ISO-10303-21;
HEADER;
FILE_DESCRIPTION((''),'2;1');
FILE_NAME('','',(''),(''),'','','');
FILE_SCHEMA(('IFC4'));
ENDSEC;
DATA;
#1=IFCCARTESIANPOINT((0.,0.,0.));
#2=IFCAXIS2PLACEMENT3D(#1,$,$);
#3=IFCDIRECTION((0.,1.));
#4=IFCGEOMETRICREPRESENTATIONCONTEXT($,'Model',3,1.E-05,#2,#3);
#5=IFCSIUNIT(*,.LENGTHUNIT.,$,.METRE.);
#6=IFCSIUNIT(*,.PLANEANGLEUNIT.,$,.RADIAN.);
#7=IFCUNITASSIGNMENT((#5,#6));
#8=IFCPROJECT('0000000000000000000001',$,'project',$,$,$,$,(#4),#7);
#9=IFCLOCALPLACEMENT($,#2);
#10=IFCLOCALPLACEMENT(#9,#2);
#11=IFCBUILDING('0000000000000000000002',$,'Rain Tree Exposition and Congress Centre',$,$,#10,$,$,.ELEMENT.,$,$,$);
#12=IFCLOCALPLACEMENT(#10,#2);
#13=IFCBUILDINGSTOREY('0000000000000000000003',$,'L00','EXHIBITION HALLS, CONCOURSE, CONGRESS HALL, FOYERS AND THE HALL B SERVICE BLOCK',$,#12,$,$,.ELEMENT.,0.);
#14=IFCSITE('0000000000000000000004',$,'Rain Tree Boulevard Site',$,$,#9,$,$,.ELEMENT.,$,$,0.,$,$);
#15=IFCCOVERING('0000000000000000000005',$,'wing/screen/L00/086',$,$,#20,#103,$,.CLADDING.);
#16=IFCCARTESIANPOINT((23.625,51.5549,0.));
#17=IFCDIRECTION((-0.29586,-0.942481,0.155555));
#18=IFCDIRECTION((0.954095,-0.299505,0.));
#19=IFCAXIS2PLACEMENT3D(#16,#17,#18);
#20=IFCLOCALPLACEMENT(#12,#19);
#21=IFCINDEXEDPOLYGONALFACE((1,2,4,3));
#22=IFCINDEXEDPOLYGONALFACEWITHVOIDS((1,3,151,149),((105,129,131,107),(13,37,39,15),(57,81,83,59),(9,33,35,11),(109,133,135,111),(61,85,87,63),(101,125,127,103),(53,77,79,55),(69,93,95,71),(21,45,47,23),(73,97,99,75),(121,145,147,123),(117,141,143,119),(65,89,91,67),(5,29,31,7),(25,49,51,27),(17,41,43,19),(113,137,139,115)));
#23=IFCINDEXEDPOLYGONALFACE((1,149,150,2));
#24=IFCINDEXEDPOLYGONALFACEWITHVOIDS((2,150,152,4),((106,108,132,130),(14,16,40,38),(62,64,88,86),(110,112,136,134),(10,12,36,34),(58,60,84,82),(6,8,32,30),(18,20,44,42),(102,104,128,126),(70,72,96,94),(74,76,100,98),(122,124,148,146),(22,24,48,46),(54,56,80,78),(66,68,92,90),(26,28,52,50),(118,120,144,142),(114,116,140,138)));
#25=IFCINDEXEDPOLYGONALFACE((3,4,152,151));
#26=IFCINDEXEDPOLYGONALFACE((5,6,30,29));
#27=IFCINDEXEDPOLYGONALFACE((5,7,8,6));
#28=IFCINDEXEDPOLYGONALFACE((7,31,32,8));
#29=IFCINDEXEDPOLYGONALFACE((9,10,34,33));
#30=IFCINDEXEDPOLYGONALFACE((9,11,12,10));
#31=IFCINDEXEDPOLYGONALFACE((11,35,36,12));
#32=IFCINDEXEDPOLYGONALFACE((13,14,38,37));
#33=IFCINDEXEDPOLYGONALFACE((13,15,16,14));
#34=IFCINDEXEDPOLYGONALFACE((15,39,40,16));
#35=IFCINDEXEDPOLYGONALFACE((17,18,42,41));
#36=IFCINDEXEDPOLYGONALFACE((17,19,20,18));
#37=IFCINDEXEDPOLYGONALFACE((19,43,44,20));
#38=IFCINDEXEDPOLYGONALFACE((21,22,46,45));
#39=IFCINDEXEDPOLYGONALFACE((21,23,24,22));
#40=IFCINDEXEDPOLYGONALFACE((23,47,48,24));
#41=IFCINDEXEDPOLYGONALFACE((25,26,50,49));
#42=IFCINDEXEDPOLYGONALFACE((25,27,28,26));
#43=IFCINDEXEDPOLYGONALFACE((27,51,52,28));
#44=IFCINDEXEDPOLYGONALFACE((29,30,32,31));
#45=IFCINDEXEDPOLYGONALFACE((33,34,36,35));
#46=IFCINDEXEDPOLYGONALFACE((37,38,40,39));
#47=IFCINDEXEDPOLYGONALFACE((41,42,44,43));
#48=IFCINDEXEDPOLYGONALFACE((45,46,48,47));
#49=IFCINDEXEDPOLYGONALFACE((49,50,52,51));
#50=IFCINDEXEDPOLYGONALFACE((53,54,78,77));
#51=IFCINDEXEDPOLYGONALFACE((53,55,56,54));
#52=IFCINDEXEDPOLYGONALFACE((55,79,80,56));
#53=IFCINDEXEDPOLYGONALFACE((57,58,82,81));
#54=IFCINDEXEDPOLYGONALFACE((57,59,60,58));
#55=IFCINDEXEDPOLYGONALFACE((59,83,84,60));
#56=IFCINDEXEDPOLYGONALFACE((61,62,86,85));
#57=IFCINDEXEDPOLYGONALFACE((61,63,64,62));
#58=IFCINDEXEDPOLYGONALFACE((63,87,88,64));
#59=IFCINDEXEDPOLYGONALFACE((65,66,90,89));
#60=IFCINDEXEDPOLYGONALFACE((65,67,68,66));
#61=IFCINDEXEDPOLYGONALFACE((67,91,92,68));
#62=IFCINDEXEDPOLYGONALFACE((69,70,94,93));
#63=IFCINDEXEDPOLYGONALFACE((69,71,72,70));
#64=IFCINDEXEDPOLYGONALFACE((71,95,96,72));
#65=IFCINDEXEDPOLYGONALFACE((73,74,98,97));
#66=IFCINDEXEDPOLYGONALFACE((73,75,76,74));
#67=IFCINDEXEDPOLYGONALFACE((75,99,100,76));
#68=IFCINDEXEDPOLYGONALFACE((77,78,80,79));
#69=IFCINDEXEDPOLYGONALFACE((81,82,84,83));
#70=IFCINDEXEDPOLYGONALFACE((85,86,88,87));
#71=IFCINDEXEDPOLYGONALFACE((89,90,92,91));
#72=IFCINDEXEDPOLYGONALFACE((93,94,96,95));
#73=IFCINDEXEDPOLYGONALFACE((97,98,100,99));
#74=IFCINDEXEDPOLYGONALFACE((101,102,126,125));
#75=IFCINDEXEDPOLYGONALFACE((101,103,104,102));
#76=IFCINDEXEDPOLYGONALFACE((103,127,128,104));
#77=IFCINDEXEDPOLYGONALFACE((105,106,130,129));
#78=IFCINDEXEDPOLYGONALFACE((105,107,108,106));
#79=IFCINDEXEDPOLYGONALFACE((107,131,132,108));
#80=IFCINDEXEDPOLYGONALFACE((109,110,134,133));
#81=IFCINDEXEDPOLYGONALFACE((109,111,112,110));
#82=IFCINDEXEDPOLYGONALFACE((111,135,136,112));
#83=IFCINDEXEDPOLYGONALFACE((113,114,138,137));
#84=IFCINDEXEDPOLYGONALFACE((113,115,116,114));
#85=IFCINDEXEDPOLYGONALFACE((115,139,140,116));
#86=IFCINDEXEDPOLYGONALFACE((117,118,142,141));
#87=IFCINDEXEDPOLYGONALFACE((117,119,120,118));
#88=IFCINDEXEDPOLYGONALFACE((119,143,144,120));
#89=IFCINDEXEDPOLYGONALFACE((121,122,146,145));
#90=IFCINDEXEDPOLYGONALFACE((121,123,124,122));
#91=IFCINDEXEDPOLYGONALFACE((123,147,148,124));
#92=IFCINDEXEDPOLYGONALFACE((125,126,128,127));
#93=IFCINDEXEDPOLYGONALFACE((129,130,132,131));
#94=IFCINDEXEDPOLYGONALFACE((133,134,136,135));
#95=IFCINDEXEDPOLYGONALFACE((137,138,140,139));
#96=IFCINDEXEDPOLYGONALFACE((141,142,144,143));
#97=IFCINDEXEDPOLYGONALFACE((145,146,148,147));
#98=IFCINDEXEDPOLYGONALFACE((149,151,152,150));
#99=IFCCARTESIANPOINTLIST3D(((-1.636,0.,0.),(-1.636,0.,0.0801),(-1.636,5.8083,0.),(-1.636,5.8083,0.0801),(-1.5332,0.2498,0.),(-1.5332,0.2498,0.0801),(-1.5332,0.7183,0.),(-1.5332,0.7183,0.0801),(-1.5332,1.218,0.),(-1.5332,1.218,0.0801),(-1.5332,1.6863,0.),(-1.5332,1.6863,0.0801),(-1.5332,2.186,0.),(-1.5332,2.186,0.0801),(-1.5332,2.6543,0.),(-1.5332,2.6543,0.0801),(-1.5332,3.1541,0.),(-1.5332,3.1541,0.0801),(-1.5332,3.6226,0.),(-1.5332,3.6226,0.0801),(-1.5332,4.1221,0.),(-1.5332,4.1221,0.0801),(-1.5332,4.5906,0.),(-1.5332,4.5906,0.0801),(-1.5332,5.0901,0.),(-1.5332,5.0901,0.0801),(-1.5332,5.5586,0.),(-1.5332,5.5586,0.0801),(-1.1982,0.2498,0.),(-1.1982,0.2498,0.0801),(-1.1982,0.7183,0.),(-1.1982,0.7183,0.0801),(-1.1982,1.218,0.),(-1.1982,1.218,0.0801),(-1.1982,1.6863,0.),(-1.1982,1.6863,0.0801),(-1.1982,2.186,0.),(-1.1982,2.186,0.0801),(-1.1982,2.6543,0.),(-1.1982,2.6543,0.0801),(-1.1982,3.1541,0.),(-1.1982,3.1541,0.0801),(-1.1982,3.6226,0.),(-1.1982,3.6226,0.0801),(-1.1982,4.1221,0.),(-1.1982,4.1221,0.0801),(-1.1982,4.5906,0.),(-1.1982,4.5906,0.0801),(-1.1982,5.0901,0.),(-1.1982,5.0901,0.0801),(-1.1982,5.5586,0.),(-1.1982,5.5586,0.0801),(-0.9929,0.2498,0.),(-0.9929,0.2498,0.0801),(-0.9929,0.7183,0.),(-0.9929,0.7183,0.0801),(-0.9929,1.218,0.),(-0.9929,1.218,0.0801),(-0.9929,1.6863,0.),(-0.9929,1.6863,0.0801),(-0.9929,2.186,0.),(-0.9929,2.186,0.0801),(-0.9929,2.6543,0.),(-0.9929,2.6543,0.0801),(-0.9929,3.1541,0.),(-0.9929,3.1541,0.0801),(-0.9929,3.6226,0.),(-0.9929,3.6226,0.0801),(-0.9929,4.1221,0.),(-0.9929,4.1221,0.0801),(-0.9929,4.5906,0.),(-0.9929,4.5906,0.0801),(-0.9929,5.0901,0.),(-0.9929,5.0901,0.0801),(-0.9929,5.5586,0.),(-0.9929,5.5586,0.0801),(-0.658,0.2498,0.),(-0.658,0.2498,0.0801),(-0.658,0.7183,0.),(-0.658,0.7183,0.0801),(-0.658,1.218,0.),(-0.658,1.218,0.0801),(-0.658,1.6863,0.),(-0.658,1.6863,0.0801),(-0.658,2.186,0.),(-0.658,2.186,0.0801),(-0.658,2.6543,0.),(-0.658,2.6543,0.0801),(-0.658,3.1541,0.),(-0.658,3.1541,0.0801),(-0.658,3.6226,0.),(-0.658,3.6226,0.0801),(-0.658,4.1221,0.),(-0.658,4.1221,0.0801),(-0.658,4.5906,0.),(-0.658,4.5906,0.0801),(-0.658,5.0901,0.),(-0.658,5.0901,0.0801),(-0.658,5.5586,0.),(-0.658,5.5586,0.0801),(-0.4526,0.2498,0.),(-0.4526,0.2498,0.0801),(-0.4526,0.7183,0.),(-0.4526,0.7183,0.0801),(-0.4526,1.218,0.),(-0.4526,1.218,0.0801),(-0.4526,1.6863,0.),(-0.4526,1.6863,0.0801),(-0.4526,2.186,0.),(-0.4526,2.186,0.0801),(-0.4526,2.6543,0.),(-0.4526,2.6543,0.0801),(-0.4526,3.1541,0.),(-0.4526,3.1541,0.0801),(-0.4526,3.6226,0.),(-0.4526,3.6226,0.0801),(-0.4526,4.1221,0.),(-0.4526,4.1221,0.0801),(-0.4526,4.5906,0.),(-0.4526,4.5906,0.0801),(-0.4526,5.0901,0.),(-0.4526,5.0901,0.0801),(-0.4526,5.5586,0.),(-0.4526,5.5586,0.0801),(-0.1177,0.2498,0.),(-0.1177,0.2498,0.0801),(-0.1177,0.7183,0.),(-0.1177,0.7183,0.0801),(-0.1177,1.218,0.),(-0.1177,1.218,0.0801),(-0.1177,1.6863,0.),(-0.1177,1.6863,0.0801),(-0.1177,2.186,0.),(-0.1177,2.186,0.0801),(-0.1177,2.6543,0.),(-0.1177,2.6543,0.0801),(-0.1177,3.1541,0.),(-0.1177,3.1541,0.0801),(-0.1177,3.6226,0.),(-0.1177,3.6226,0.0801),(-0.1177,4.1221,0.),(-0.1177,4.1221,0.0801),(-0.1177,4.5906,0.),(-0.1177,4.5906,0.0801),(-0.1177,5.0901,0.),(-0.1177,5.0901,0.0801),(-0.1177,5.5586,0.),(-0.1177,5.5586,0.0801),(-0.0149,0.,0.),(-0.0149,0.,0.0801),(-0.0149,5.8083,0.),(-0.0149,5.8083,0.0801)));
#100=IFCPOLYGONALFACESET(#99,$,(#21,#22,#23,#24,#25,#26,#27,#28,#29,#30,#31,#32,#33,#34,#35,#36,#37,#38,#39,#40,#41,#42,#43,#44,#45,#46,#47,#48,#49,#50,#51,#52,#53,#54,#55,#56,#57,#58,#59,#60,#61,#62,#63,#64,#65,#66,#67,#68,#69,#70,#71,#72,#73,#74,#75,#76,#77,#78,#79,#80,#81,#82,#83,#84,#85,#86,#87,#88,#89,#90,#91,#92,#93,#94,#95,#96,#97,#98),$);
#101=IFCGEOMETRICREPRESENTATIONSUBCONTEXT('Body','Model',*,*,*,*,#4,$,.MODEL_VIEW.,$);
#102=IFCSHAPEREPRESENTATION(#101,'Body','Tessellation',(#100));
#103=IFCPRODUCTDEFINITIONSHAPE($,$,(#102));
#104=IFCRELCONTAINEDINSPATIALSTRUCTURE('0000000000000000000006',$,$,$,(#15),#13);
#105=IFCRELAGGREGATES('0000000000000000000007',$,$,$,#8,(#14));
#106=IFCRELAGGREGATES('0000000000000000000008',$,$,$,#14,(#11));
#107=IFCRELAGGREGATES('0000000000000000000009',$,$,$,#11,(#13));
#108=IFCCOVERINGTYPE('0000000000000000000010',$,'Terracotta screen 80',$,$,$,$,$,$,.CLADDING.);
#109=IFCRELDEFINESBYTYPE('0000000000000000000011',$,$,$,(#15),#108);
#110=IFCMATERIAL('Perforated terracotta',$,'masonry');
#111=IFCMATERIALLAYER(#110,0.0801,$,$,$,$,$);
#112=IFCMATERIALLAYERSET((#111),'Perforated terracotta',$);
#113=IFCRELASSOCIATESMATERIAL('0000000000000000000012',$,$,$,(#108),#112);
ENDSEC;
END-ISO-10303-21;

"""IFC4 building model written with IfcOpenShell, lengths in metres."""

from ifc_helpers import new_model, si_unit, direction, frame, origin, place, context, subcontext, project, spatial, polyline, outline, extrude, material, layer, layer_set, type_object, element, save


model = new_model("IFC4")

# Units and contexts
model_context = context("Model", 3, precision=1e-05, world=origin(), true_north=direction((0.0, 1.0)))
body_context = subcontext(model_context, "Body", "Model", "MODEL_VIEW")
ifc_project = project(units=[si_unit("LENGTHUNIT", "METRE"), si_unit("PLANEANGLEUNIT", "RADIAN")], contexts=[model_context])

# Site, building, storey
site_placement = place(None, origin())
site = spatial("IfcSite", under=ifc_project, at=site_placement, Name="Rain Tree Boulevard Site", CompositionType="ELEMENT", RefElevation=0.0)
building_placement = place(site_placement, origin())
building = spatial("IfcBuilding", under=site, at=building_placement, Name="Rain Tree Exposition and Congress Centre", CompositionType="ELEMENT")
storey_placement = place(building_placement, origin())
storey = spatial("IfcBuildingStorey", under=building, at=storey_placement, Name="L00", Description="EXHIBITION HALLS, CONCOURSE, CONGRESS HALL, FOYERS AND THE HALL B SERVICE BLOCK", CompositionType="ELEMENT", Elevation=0.0)

# Covering
ifc_material_1 = material(Name="Perforated terracotta", Category="masonry")
ifc_layer_1 = layer(ifc_material_1, 0.0801)
ifc_layer_set_1 = layer_set([ifc_layer_1], Name="Perforated terracotta")
covering_type = type_object("IfcCoveringType", Name="Terracotta screen 80", PredefinedType="CLADDING", material=ifc_layer_set_1)
covering_1_placement = place(storey_placement, frame((23.625, 51.5549, 0.0), z_axis=(-0.29586, -0.942481, 0.155555), x_axis=(0.954095, -0.299505, 0.0)))
element("IfcCovering", 1, at=covering_1_placement, inside=storey, type_object=covering_type, Name="wing/screen/L00/086", PredefinedType="CLADDING", context=body_context, shape_type="SweptSolid", body=[
    extrude(outline(polyline([(-0.0149, 5.8083), (-0.0149, 0.0), (-1.636, 0.0), (-1.636, 5.8083), (-0.0149, 5.8083)]), holes=[polyline([(-0.1177, 0.2498), (-0.1177, 0.7183), (-0.4526, 0.7183), (-0.4526, 0.2498), (-0.1177, 0.2498)]), polyline([(-0.1177, 1.218), (-0.1177, 1.6863), (-0.4526, 1.6863), (-0.4526, 1.218), (-0.1177, 1.218)]), polyline([(-0.1177, 2.186), (-0.1177, 2.6543), (-0.4526, 2.6543), (-0.4526, 2.186), (-0.1177, 2.186)]), polyline([(-0.1177, 3.1541), (-0.1177, 3.6226), (-0.4526, 3.6226), (-0.4526, 3.1541), (-0.1177, 3.1541)]), polyline([(-0.1177, 4.1221), (-0.1177, 4.5906), (-0.4526, 4.5906), (-0.4526, 4.1221), (-0.1177, 4.1221)]), polyline([(-0.1177, 5.0901), (-0.1177, 5.5586), (-0.4526, 5.5586), (-0.4526, 5.0901), (-0.1177, 5.0901)]), polyline([(-0.658, 0.2498), (-0.658, 0.7183), (-0.9929, 0.7183), (-0.9929, 0.2498), (-0.658, 0.2498)]), polyline([(-0.658, 1.218), (-0.658, 1.6863), (-0.9929, 1.6863), (-0.9929, 1.218), (-0.658, 1.218)]), polyline([(-0.658, 2.186), (-0.658, 2.6543), (-0.9929, 2.6543), (-0.9929, 2.186), (-0.658, 2.186)]), polyline([(-0.658, 3.1541), (-0.658, 3.6226), (-0.9929, 3.6226), (-0.9929, 3.1541), (-0.658, 3.1541)]), polyline([(-0.658, 4.1221), (-0.658, 4.5906), (-0.9929, 4.5906), (-0.9929, 4.1221), (-0.658, 4.1221)]), polyline([(-0.658, 5.0901), (-0.658, 5.5586), (-0.9929, 5.5586), (-0.9929, 5.0901), (-0.658, 5.0901)]), polyline([(-1.1982, 0.2498), (-1.1982, 0.7183), (-1.5332, 0.7183), (-1.5332, 0.2498), (-1.1982, 0.2498)]), polyline([(-1.1982, 1.218), (-1.1982, 1.6863), (-1.5332, 1.6863), (-1.5332, 1.218), (-1.1982, 1.218)]), polyline([(-1.1982, 2.186), (-1.1982, 2.6543), (-1.5332, 2.6543), (-1.5332, 2.186), (-1.1982, 2.186)]), polyline([(-1.1982, 3.1541), (-1.1982, 3.6226), (-1.5332, 3.6226), (-1.5332, 3.1541), (-1.1982, 3.1541)]), polyline([(-1.1982, 4.1221), (-1.1982, 4.5906), (-1.5332, 4.5906), (-1.5332, 4.1221), (-1.1982, 4.1221)]), polyline([(-1.1982, 5.0901), (-1.1982, 5.5586), (-1.5332, 5.5586), (-1.5332, 5.0901), (-1.1982, 5.0901)])]), origin(), (0.0, 0.0, 1.0), 0.0801),
])

save(model, "model.ifc")
